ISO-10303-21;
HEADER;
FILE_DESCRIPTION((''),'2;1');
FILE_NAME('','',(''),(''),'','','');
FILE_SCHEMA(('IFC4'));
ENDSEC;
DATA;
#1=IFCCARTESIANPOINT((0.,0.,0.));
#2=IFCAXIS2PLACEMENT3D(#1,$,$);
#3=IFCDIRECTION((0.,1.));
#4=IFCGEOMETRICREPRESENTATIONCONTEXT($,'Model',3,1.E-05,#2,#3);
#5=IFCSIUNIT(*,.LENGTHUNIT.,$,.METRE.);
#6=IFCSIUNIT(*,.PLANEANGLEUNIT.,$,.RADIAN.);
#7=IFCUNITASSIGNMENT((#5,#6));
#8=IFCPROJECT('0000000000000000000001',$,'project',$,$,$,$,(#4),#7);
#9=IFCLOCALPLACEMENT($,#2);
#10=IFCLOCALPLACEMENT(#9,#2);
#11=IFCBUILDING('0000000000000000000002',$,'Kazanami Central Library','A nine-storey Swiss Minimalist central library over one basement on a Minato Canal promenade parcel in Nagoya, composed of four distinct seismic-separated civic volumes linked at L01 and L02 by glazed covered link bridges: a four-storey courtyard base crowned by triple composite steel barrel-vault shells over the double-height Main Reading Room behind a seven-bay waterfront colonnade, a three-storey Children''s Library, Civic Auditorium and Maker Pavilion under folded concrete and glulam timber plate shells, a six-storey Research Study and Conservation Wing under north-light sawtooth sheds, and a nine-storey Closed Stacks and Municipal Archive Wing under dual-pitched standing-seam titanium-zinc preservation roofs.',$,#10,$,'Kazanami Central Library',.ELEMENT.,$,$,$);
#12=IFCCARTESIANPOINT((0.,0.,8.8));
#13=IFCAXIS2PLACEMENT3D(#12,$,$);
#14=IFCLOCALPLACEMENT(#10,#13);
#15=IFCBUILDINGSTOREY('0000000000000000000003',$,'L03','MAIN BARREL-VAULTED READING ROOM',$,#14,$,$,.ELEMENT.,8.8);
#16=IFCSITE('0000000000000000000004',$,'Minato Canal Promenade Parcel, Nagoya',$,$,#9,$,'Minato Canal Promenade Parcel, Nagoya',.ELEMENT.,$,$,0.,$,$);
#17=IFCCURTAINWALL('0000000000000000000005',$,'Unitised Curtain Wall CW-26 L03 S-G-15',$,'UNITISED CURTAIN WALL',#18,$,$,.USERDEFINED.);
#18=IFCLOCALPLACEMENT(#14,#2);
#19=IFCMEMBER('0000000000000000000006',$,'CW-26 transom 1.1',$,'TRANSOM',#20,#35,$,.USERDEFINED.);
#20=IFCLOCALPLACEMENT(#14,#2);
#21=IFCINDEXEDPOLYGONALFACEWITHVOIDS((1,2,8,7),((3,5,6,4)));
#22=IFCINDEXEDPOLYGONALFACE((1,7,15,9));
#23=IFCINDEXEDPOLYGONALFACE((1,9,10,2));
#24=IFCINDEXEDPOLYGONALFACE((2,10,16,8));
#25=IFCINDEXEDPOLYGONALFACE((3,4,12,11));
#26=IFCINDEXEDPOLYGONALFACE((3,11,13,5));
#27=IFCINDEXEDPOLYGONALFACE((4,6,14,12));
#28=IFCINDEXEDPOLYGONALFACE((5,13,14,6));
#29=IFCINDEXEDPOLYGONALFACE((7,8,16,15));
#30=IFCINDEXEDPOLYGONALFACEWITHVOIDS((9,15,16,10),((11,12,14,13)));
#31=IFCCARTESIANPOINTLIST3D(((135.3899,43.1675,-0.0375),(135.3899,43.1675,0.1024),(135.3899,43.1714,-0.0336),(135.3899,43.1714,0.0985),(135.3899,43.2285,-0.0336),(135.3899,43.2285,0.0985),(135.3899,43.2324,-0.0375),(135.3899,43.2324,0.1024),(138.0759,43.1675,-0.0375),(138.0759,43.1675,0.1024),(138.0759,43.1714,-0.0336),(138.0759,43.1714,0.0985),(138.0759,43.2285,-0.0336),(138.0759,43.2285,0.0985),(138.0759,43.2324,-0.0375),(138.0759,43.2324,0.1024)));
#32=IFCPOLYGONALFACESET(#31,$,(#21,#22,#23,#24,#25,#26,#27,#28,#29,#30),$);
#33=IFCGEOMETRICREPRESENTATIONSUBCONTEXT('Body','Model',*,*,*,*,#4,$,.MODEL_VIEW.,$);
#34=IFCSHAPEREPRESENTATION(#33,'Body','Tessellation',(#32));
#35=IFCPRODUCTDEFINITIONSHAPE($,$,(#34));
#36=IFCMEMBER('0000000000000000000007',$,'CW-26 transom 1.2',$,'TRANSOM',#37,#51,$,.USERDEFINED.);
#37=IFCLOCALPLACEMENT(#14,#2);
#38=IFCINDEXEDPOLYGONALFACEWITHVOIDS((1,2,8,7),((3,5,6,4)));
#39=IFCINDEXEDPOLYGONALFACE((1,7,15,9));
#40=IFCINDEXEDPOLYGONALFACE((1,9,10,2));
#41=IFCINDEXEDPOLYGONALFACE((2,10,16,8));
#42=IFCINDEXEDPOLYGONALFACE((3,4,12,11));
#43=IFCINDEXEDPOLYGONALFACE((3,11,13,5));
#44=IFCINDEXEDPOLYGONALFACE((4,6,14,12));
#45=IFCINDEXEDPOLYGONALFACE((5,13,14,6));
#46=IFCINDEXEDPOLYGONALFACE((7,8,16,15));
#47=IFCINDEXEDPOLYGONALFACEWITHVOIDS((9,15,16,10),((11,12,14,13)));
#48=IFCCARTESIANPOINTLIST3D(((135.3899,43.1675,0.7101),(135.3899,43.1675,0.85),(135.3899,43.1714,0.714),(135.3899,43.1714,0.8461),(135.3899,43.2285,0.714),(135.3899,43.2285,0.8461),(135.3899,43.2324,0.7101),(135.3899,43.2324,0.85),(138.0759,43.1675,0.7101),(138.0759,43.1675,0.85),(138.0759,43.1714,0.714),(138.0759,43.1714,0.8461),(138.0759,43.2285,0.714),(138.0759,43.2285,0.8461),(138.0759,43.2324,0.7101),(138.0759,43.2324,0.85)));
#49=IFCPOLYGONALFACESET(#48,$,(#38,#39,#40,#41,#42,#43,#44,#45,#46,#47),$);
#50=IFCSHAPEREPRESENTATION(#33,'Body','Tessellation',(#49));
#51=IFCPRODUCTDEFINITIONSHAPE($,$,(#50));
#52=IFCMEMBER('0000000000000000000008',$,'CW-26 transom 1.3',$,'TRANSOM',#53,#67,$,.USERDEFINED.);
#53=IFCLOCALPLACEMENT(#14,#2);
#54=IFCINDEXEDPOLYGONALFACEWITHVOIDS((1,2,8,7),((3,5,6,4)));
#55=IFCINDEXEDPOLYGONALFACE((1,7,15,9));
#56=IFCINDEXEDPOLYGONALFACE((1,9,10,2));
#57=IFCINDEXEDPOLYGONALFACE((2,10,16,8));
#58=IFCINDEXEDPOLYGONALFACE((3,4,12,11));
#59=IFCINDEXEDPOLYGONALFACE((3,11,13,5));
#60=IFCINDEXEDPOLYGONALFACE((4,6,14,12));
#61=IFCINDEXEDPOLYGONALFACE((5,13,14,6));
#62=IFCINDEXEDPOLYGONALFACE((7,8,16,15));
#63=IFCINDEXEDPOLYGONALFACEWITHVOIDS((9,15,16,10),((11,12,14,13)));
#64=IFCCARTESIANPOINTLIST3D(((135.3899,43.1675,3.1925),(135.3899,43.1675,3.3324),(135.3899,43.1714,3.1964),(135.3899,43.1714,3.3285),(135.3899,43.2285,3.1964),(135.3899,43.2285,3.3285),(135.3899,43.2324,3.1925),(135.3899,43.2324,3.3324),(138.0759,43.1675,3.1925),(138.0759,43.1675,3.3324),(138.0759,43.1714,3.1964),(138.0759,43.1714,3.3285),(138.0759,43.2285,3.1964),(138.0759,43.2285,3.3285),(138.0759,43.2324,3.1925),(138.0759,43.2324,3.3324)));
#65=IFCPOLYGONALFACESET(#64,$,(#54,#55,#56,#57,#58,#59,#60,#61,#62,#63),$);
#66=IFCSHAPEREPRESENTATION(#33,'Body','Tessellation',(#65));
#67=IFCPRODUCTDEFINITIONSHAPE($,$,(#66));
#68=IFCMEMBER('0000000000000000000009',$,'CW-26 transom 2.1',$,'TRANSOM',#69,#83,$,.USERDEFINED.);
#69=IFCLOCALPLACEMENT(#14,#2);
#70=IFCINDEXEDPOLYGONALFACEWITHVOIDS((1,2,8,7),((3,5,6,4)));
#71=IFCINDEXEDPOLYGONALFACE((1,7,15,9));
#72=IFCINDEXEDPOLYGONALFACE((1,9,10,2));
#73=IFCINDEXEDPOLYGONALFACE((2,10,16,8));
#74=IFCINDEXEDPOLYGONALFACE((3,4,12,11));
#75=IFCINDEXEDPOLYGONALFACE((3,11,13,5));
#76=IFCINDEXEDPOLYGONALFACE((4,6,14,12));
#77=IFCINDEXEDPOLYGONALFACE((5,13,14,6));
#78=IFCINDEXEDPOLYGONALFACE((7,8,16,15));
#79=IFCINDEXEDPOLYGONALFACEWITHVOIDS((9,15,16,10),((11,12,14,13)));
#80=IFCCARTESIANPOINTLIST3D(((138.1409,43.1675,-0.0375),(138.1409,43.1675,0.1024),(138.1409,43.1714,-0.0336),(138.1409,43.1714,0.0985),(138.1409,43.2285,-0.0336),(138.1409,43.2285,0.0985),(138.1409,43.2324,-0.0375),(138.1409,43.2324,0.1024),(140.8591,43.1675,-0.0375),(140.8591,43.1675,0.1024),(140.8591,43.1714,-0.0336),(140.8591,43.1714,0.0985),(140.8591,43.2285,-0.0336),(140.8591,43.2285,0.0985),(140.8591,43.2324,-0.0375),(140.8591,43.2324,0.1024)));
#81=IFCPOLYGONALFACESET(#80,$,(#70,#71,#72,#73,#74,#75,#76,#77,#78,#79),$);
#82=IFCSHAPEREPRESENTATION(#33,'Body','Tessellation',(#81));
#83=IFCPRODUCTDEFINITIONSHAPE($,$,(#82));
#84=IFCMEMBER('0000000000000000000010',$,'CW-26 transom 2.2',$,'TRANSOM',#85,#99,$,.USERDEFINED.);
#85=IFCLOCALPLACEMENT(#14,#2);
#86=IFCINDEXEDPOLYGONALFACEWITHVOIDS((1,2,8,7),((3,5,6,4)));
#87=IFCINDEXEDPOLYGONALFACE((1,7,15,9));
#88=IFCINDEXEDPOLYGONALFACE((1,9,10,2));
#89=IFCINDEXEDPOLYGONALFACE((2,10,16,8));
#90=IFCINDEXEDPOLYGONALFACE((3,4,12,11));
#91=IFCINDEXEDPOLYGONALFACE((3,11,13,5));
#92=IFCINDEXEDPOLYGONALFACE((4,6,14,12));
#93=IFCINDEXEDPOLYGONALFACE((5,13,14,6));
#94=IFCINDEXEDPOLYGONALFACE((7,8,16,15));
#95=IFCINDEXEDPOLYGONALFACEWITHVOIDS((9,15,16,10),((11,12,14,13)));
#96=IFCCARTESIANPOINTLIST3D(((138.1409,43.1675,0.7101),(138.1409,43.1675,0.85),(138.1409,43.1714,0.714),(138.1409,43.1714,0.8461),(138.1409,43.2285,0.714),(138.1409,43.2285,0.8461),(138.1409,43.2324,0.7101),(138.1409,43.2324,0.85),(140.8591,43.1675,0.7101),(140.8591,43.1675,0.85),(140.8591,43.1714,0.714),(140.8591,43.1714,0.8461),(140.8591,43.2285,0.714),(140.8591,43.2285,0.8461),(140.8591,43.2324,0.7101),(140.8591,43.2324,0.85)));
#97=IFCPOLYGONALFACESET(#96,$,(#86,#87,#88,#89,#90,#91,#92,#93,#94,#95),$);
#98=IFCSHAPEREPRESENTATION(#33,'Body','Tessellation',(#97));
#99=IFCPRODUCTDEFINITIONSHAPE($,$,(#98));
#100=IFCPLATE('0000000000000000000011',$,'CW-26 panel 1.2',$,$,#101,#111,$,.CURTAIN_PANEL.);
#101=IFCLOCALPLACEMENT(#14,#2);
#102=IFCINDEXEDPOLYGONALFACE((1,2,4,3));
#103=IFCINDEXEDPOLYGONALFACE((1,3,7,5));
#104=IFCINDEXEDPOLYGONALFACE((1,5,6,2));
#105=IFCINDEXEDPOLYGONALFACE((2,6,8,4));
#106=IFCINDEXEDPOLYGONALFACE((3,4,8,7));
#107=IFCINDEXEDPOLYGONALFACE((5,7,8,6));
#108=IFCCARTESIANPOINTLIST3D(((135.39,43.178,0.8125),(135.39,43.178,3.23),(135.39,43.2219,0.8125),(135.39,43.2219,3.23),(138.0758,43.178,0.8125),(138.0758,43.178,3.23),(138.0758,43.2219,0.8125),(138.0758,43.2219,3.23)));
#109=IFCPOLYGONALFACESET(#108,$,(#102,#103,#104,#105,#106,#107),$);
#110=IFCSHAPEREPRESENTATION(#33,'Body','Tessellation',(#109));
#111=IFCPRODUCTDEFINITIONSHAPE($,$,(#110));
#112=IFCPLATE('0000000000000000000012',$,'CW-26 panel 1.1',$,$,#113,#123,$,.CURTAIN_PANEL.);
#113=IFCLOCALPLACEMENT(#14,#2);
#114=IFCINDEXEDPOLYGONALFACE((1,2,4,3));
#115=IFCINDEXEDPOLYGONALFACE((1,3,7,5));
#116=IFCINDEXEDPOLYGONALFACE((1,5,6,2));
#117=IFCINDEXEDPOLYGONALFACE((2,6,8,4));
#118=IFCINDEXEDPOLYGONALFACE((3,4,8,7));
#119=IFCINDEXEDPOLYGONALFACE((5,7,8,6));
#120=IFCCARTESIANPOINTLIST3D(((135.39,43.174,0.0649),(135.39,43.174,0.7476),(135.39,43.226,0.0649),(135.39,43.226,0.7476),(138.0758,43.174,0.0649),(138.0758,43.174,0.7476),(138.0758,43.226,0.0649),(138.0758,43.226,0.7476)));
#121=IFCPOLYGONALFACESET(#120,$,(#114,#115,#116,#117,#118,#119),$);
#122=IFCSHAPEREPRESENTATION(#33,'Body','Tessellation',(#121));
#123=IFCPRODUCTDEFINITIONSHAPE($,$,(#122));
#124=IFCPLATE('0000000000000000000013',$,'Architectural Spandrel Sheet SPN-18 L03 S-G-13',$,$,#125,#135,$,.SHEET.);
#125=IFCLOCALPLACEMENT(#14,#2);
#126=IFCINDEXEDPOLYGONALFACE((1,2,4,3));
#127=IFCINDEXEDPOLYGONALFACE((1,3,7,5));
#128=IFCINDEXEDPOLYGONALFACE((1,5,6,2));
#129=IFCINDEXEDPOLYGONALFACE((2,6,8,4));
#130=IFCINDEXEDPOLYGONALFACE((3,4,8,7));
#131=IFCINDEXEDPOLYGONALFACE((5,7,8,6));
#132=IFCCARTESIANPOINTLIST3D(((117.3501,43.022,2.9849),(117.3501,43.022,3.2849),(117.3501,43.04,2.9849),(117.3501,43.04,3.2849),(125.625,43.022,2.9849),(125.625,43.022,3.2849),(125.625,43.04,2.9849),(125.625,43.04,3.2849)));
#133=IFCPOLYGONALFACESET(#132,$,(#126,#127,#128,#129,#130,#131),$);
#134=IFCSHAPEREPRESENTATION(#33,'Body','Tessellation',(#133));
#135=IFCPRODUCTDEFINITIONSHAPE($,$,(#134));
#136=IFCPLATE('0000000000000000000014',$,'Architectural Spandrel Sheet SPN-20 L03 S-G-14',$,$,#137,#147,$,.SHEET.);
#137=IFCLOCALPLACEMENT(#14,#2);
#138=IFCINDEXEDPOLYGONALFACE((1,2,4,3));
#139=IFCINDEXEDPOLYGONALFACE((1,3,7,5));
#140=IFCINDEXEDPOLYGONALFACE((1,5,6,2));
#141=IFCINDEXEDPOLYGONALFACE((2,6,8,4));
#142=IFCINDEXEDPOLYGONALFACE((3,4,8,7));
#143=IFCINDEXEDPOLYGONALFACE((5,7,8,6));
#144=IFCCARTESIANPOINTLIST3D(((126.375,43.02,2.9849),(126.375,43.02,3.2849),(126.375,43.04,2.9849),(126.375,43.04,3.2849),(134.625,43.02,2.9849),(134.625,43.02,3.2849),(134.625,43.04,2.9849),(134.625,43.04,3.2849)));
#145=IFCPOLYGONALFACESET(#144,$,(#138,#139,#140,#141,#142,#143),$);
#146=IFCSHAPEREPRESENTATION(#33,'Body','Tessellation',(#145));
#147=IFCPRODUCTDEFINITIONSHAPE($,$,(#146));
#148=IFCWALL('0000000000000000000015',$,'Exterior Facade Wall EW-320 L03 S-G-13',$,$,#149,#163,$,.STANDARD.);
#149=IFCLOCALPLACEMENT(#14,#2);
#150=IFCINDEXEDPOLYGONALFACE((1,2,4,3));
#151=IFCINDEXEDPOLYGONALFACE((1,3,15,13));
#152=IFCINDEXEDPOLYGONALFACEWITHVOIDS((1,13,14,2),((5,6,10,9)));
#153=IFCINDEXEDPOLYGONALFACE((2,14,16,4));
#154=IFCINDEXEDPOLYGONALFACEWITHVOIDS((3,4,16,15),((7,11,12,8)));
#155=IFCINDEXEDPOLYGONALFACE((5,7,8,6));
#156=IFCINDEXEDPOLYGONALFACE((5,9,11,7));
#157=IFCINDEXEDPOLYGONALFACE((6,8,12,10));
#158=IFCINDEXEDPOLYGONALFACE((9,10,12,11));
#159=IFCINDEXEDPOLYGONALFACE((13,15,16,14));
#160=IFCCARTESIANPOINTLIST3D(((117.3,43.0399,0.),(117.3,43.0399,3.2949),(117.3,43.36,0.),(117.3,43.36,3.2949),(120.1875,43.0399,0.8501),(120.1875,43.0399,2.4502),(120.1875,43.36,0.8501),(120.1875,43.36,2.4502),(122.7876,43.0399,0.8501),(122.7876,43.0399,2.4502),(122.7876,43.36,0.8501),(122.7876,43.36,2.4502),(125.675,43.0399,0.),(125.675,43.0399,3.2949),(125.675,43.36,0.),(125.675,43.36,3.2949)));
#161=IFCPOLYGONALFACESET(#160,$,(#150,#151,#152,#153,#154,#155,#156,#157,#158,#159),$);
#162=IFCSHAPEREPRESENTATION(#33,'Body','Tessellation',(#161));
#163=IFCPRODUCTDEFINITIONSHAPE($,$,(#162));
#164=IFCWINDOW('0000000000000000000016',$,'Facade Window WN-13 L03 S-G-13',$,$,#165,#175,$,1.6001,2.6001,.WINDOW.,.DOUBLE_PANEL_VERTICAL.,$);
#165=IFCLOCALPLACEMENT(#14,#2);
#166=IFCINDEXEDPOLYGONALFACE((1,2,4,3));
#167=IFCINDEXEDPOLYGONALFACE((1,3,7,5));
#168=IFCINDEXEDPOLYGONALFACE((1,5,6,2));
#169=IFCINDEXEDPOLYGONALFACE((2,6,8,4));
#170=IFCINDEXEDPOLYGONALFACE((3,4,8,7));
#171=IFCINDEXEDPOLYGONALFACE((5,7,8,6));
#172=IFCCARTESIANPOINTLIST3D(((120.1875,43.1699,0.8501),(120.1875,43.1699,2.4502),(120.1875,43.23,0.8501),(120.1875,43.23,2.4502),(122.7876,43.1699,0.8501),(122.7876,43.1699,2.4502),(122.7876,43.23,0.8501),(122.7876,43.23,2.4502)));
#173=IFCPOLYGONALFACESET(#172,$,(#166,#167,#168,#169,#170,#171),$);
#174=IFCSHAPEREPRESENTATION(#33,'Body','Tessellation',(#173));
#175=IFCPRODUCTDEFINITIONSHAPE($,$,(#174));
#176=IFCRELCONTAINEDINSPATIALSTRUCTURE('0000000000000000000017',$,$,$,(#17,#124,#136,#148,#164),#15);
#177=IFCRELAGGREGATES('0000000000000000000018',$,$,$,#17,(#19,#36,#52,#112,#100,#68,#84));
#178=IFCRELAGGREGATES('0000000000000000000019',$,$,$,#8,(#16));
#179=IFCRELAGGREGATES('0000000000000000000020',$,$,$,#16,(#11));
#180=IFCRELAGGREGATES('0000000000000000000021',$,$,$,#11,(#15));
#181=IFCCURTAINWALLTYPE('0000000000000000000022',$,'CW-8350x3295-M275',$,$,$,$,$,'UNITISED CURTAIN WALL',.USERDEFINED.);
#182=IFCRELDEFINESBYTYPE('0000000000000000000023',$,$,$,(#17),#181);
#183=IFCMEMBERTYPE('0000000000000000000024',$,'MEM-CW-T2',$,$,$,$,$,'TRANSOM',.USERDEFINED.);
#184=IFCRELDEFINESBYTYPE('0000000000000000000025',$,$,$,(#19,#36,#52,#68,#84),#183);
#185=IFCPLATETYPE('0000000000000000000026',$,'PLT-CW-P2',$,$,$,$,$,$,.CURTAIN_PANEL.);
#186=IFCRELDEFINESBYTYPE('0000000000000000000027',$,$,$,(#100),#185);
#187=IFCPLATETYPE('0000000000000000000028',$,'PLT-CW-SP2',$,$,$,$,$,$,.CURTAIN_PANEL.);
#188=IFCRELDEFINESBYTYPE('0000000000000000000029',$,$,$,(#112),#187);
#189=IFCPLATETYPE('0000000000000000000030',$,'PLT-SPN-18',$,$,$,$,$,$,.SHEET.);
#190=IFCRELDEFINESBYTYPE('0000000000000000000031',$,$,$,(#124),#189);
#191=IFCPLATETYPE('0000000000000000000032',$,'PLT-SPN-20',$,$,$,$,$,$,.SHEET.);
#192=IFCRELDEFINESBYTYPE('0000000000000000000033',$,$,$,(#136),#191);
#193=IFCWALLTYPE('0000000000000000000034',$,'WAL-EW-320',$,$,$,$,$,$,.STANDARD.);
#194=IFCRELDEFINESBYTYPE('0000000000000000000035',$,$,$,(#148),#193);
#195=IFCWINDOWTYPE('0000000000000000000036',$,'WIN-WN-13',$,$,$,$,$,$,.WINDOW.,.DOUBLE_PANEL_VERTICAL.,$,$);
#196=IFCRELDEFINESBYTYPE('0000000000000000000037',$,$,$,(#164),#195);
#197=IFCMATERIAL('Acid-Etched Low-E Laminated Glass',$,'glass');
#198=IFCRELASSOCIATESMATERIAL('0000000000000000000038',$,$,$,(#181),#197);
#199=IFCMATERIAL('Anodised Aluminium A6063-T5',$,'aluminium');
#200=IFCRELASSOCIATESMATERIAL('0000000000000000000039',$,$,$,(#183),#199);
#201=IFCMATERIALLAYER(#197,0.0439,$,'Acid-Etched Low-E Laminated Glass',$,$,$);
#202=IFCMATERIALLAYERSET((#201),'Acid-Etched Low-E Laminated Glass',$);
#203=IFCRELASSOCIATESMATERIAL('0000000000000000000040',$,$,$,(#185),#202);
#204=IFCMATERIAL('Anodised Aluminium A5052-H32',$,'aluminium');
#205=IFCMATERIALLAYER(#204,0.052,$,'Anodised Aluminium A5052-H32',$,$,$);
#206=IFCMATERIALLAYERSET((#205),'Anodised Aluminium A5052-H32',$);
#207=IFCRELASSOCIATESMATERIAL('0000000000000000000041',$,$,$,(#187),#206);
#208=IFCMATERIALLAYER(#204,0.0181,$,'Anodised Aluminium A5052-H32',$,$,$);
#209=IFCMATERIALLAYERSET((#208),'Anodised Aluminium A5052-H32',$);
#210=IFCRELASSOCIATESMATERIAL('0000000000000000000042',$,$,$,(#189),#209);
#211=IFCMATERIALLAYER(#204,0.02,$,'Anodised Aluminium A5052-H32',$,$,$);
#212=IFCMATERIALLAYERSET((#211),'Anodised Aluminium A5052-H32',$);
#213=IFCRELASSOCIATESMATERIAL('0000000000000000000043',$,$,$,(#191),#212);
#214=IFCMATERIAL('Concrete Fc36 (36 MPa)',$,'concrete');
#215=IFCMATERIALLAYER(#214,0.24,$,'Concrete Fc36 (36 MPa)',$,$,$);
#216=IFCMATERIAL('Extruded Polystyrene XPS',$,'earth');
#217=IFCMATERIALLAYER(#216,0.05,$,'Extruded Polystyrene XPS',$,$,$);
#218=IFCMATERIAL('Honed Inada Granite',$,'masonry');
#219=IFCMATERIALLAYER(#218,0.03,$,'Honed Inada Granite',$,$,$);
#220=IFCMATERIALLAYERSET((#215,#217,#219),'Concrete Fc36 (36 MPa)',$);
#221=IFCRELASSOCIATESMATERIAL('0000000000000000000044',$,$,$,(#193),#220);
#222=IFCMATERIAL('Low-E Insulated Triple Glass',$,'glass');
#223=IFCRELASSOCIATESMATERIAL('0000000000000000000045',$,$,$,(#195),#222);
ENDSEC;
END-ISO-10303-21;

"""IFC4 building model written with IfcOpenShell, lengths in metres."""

from ifc_helpers import new_model, si_unit, direction, frame, frame_2d, origin, origin_2d, place, context, subcontext, project, spatial, rectangle, hollow_rectangle, extrude, material, layer, layer_set, material_profile, profile_set, type_object, element, fill, aggregate, save


model = new_model("IFC4")

# Units and contexts
model_context = context("Model", 3, precision=1e-05, world=origin(), true_north=direction((0.0, 1.0)))
body_context = subcontext(model_context, "Body", "Model", "MODEL_VIEW")
ifc_project = project(units=[si_unit("LENGTHUNIT", "METRE"), si_unit("PLANEANGLEUNIT", "RADIAN")], contexts=[model_context])

# Site, building, storey
site_placement = place(None, origin())
site = spatial("IfcSite", under=ifc_project, at=site_placement, Name="Minato Canal Promenade Parcel, Nagoya", LongName="Minato Canal Promenade Parcel, Nagoya", CompositionType="ELEMENT", RefElevation=0.0)
building_placement = place(site_placement, origin())
building = spatial("IfcBuilding", under=site, at=building_placement, Name="Kazanami Central Library", Description="A nine-storey Swiss Minimalist central library over one basement on a Minato Canal promenade parcel in Nagoya, composed of four distinct seismic-separated civic volumes linked at L01 and L02 by glazed covered link bridges: a four-storey courtyard base crowned by triple composite steel barrel-vault shells over the double-height Main Reading Room behind a seven-bay waterfront colonnade, a three-storey Children's Library, Civic Auditorium and Maker Pavilion under folded concrete and glulam timber plate shells, a six-storey Research Study and Conservation Wing under north-light sawtooth sheds, and a nine-storey Closed Stacks and Municipal Archive Wing under dual-pitched standing-seam titanium-zinc preservation roofs.", LongName="Kazanami Central Library", CompositionType="ELEMENT")
storey_placement = place(building_placement, frame((0.0, 0.0, 8.8)))
storey = spatial("IfcBuildingStorey", under=building, at=storey_placement, Name="L03", Description="MAIN BARREL-VAULTED READING ROOM", CompositionType="ELEMENT", Elevation=8.8)

# Curtain wall, members, plates
ifc_material_1 = material(Name="Acid-Etched Low-E Laminated Glass", Category="glass")
curtain_wall_type = type_object("IfcCurtainWallType", Name="CW-8350x3295-M275", ElementType="UNITISED CURTAIN WALL", PredefinedType="USERDEFINED", material=ifc_material_1)
curtain_wall_placement = place(storey_placement, origin())
curtain_wall = element("IfcCurtainWall", 1, at=curtain_wall_placement, inside=storey, type_object=curtain_wall_type, Name="Unitised Curtain Wall CW-26 L03 S-G-15", ObjectType="UNITISED CURTAIN WALL", PredefinedType="USERDEFINED")
ifc_material_2 = material(Name="Anodised Aluminium A6063-T5", Category="aluminium")
ifc_material_profile_1 = material_profile(ifc_material_2, hollow_rectangle(XDim=0.0649, YDim=0.1399, WallThickness=0.0039, at=origin_2d()), Name="ALU-TRAN-65x140x4")
ifc_profile_set_1 = profile_set([ifc_material_profile_1], Name="Anodised Aluminium A6063-T5")
member_type_1 = type_object("IfcMemberType", Name="MEM-CW-T2", ElementType="TRANSOM", PredefinedType="USERDEFINED", material=ifc_profile_set_1)
member_1_placement = place(storey_placement, frame((135.3899, 43.2, 0.0325), z_axis=(1.0, 0.0, 0.0), x_axis=(0.0, 1.0, 0.0)))
member_1 = element("IfcMember", 2, at=member_1_placement, type_object=member_type_1, Name="CW-26 transom 1.1", ObjectType="TRANSOM", PredefinedType="USERDEFINED", context=body_context, shape_type="SweptSolid", body=[
    extrude(hollow_rectangle(XDim=0.0649, YDim=0.1399, WallThickness=0.0039, at=origin_2d()), origin(), (0.0, 0.0, 1.0), 2.686),
])
member_2_placement = place(storey_placement, frame((135.3899, 43.2, 0.78), z_axis=(1.0, 0.0, 0.0), x_axis=(0.0, 1.0, 0.0)))
member_2 = element("IfcMember", 3, at=member_2_placement, type_object=member_type_1, Name="CW-26 transom 1.2", ObjectType="TRANSOM", PredefinedType="USERDEFINED", context=body_context, shape_type="SweptSolid", body=[
    extrude(hollow_rectangle(XDim=0.0649, YDim=0.1399, WallThickness=0.0039, at=origin_2d()), origin(), (0.0, 0.0, 1.0), 2.686),
])
member_3_placement = place(storey_placement, frame((135.3899, 43.2, 3.2625), z_axis=(1.0, 0.0, 0.0), x_axis=(0.0, 1.0, 0.0)))
member_3 = element("IfcMember", 4, at=member_3_placement, type_object=member_type_1, Name="CW-26 transom 1.3", ObjectType="TRANSOM", PredefinedType="USERDEFINED", context=body_context, shape_type="SweptSolid", body=[
    extrude(hollow_rectangle(XDim=0.0649, YDim=0.1399, WallThickness=0.0039, at=origin_2d()), origin(), (0.0, 0.0, 1.0), 2.686),
])
member_4_placement = place(storey_placement, frame((138.1409, 43.2, 0.0325), z_axis=(1.0, 0.0, 0.0), x_axis=(0.0, 1.0, 0.0)))
member_4 = element("IfcMember", 5, at=member_4_placement, type_object=member_type_1, Name="CW-26 transom 2.1", ObjectType="TRANSOM", PredefinedType="USERDEFINED", context=body_context, shape_type="SweptSolid", body=[
    extrude(hollow_rectangle(XDim=0.0649, YDim=0.1399, WallThickness=0.0039, at=origin_2d()), origin(), (0.0, 0.0, 1.0), 2.7183),
])
member_5_placement = place(storey_placement, frame((138.1409, 43.2, 0.78), z_axis=(1.0, 0.0, 0.0), x_axis=(0.0, 1.0, 0.0)))
member_5 = element("IfcMember", 6, at=member_5_placement, type_object=member_type_1, Name="CW-26 transom 2.2", ObjectType="TRANSOM", PredefinedType="USERDEFINED", context=body_context, shape_type="SweptSolid", body=[
    extrude(hollow_rectangle(XDim=0.0649, YDim=0.1399, WallThickness=0.0039, at=origin_2d()), origin(), (0.0, 0.0, 1.0), 2.7183),
])
ifc_layer_1 = layer(ifc_material_1, 0.0439, Name="Acid-Etched Low-E Laminated Glass")
ifc_layer_set_1 = layer_set([ifc_layer_1], Name="Acid-Etched Low-E Laminated Glass")
plate_type_1 = type_object("IfcPlateType", Name="PLT-CW-P2", PredefinedType="CURTAIN_PANEL", material=ifc_layer_set_1)
plate_1_placement = place(storey_placement, frame((136.7329, 43.2, 0.8125), z_axis=(0.0, 0.0, 1.0), x_axis=(1.0, 0.0, 0.0)))
plate_1 = element("IfcPlate", 7, at=plate_1_placement, type_object=plate_type_1, Name="CW-26 panel 1.2", PredefinedType="CURTAIN_PANEL", context=body_context, shape_type="SweptSolid", body=[
    extrude(rectangle(XDim=2.6858, YDim=0.0439, at=origin_2d()), origin(), (0.0, 0.0, 1.0), 2.4175),
])
ifc_material_3 = material(Name="Anodised Aluminium A5052-H32", Category="aluminium")
ifc_layer_2 = layer(ifc_material_3, 0.052, Name="Anodised Aluminium A5052-H32")
ifc_layer_set_2 = layer_set([ifc_layer_2], Name="Anodised Aluminium A5052-H32")
plate_type_2 = type_object("IfcPlateType", Name="PLT-CW-SP2", PredefinedType="CURTAIN_PANEL", material=ifc_layer_set_2)
plate_2_placement = place(storey_placement, frame((136.7329, 43.2, 0.0649), z_axis=(0.0, 0.0, 1.0), x_axis=(1.0, 0.0, 0.0)))
plate_2 = element("IfcPlate", 8, at=plate_2_placement, type_object=plate_type_2, Name="CW-26 panel 1.1", PredefinedType="CURTAIN_PANEL", context=body_context, shape_type="SweptSolid", body=[
    extrude(rectangle(XDim=2.6858, YDim=0.052, at=origin_2d()), origin(), (0.0, 0.0, 1.0), 0.6826),
])
aggregate(curtain_wall, [member_1, member_2, member_3, plate_2, plate_1, member_4, member_5])

# Plates
ifc_layer_3 = layer(ifc_material_3, 0.0181, Name="Anodised Aluminium A5052-H32")
ifc_layer_set_3 = layer_set([ifc_layer_3], Name="Anodised Aluminium A5052-H32")
plate_type_3 = type_object("IfcPlateType", Name="PLT-SPN-18", PredefinedType="SHEET", material=ifc_layer_set_3)
plate_3_placement = place(storey_placement, frame((121.4875, 43.031, 2.9849), z_axis=(0.0, 0.0, 1.0), x_axis=(1.0, 0.0, 0.0)))
element("IfcPlate", 9, at=plate_3_placement, inside=storey, type_object=plate_type_3, Name="Architectural Spandrel Sheet SPN-18 L03 S-G-13", PredefinedType="SHEET", context=body_context, shape_type="SweptSolid", body=[
    extrude(rectangle(XDim=8.2749, YDim=0.0181, at=origin_2d()), origin(), (0.0, 0.0, 1.0), 0.3),
])
ifc_layer_4 = layer(ifc_material_3, 0.02, Name="Anodised Aluminium A5052-H32")
ifc_layer_set_4 = layer_set([ifc_layer_4], Name="Anodised Aluminium A5052-H32")
plate_type_4 = type_object("IfcPlateType", Name="PLT-SPN-20", PredefinedType="SHEET", material=ifc_layer_set_4)
plate_4_placement = place(storey_placement, frame((130.5, 43.03, 2.9849), z_axis=(0.0, 0.0, 1.0), x_axis=(1.0, 0.0, 0.0)))
element("IfcPlate", 10, at=plate_4_placement, inside=storey, type_object=plate_type_4, Name="Architectural Spandrel Sheet SPN-20 L03 S-G-14", PredefinedType="SHEET", context=body_context, shape_type="SweptSolid", body=[
    extrude(rectangle(XDim=8.25, YDim=0.02, at=origin_2d()), origin(), (0.0, 0.0, 1.0), 0.3),
])

# Wall, opening, window
ifc_material_4 = material(Name="Concrete Fc36 (36 MPa)", Category="concrete")
ifc_layer_5 = layer(ifc_material_4, 0.24, Name="Concrete Fc36 (36 MPa)")
ifc_material_5 = material(Name="Extruded Polystyrene XPS", Category="earth")
ifc_layer_6 = layer(ifc_material_5, 0.05, Name="Extruded Polystyrene XPS")
ifc_material_6 = material(Name="Honed Inada Granite", Category="masonry")
ifc_layer_7 = layer(ifc_material_6, 0.03, Name="Honed Inada Granite")
ifc_layer_set_5 = layer_set([ifc_layer_5, ifc_layer_6, ifc_layer_7], Name="Concrete Fc36 (36 MPa)")
wall_type_1 = type_object("IfcWallType", Name="WAL-EW-320", PredefinedType="STANDARD", material=ifc_layer_set_5)
wall_1_placement = place(storey_placement, frame((117.3, 43.2, 0.0), z_axis=(0.0, 0.0, 1.0), x_axis=(1.0, 0.0, 0.0)))
wall_1 = element("IfcWall", 11, at=wall_1_placement, inside=storey, type_object=wall_type_1, Name="Exterior Facade Wall EW-320 L03 S-G-13", PredefinedType="STANDARD", context=body_context, shape_type="SweptSolid", body=[
    extrude(rectangle(XDim=8.375, YDim=0.3201, at=frame_2d((4.1875, 0.0))), origin(), (0.0, 0.0, 1.0), 3.2949),
])
opening_1_placement = place(wall_1_placement, frame((2.8875, 0.0, 0.8501)))
opening_1 = element("IfcOpeningElement", 12, at=opening_1_placement, cuts=wall_1, PredefinedType="OPENING", context=body_context, shape_type="SweptSolid", body=[
    extrude(rectangle(XDim=2.6001, YDim=1.6001, at=frame_2d((1.3, 0.8))), frame((0.0, 0.1719, 0.0), z_axis=(0.0, -1.0, 0.0), x_axis=(1.0, 0.0, 0.0)), (0.0, 0.0, 1.0), 0.344),
])
ifc_material_7 = material(Name="Low-E Insulated Triple Glass", Category="glass")
window_type = type_object("IfcWindowType", Name="WIN-WN-13", PartitioningType="DOUBLE_PANEL_VERTICAL", PredefinedType="WINDOW", material=ifc_material_7)
window_1_placement = place(opening_1_placement, origin())
window_1 = element("IfcWindow", 13, at=window_1_placement, inside=storey, type_object=window_type, Name="Facade Window WN-13 L03 S-G-13", OverallHeight=1.6001, OverallWidth=2.6001, PartitioningType="DOUBLE_PANEL_VERTICAL", PredefinedType="WINDOW", context=body_context, shape_type="SweptSolid", body=[
    extrude(rectangle(XDim=2.6001, YDim=1.6001, at=frame_2d((1.3, 0.8))), frame((0.0, 0.03, 0.0), z_axis=(0.0, -1.0, 0.0), x_axis=(1.0, 0.0, 0.0)), (0.0, 0.0, 1.0), 0.0601),
])
fill(opening_1, window_1)

save(model, "model.ifc")
